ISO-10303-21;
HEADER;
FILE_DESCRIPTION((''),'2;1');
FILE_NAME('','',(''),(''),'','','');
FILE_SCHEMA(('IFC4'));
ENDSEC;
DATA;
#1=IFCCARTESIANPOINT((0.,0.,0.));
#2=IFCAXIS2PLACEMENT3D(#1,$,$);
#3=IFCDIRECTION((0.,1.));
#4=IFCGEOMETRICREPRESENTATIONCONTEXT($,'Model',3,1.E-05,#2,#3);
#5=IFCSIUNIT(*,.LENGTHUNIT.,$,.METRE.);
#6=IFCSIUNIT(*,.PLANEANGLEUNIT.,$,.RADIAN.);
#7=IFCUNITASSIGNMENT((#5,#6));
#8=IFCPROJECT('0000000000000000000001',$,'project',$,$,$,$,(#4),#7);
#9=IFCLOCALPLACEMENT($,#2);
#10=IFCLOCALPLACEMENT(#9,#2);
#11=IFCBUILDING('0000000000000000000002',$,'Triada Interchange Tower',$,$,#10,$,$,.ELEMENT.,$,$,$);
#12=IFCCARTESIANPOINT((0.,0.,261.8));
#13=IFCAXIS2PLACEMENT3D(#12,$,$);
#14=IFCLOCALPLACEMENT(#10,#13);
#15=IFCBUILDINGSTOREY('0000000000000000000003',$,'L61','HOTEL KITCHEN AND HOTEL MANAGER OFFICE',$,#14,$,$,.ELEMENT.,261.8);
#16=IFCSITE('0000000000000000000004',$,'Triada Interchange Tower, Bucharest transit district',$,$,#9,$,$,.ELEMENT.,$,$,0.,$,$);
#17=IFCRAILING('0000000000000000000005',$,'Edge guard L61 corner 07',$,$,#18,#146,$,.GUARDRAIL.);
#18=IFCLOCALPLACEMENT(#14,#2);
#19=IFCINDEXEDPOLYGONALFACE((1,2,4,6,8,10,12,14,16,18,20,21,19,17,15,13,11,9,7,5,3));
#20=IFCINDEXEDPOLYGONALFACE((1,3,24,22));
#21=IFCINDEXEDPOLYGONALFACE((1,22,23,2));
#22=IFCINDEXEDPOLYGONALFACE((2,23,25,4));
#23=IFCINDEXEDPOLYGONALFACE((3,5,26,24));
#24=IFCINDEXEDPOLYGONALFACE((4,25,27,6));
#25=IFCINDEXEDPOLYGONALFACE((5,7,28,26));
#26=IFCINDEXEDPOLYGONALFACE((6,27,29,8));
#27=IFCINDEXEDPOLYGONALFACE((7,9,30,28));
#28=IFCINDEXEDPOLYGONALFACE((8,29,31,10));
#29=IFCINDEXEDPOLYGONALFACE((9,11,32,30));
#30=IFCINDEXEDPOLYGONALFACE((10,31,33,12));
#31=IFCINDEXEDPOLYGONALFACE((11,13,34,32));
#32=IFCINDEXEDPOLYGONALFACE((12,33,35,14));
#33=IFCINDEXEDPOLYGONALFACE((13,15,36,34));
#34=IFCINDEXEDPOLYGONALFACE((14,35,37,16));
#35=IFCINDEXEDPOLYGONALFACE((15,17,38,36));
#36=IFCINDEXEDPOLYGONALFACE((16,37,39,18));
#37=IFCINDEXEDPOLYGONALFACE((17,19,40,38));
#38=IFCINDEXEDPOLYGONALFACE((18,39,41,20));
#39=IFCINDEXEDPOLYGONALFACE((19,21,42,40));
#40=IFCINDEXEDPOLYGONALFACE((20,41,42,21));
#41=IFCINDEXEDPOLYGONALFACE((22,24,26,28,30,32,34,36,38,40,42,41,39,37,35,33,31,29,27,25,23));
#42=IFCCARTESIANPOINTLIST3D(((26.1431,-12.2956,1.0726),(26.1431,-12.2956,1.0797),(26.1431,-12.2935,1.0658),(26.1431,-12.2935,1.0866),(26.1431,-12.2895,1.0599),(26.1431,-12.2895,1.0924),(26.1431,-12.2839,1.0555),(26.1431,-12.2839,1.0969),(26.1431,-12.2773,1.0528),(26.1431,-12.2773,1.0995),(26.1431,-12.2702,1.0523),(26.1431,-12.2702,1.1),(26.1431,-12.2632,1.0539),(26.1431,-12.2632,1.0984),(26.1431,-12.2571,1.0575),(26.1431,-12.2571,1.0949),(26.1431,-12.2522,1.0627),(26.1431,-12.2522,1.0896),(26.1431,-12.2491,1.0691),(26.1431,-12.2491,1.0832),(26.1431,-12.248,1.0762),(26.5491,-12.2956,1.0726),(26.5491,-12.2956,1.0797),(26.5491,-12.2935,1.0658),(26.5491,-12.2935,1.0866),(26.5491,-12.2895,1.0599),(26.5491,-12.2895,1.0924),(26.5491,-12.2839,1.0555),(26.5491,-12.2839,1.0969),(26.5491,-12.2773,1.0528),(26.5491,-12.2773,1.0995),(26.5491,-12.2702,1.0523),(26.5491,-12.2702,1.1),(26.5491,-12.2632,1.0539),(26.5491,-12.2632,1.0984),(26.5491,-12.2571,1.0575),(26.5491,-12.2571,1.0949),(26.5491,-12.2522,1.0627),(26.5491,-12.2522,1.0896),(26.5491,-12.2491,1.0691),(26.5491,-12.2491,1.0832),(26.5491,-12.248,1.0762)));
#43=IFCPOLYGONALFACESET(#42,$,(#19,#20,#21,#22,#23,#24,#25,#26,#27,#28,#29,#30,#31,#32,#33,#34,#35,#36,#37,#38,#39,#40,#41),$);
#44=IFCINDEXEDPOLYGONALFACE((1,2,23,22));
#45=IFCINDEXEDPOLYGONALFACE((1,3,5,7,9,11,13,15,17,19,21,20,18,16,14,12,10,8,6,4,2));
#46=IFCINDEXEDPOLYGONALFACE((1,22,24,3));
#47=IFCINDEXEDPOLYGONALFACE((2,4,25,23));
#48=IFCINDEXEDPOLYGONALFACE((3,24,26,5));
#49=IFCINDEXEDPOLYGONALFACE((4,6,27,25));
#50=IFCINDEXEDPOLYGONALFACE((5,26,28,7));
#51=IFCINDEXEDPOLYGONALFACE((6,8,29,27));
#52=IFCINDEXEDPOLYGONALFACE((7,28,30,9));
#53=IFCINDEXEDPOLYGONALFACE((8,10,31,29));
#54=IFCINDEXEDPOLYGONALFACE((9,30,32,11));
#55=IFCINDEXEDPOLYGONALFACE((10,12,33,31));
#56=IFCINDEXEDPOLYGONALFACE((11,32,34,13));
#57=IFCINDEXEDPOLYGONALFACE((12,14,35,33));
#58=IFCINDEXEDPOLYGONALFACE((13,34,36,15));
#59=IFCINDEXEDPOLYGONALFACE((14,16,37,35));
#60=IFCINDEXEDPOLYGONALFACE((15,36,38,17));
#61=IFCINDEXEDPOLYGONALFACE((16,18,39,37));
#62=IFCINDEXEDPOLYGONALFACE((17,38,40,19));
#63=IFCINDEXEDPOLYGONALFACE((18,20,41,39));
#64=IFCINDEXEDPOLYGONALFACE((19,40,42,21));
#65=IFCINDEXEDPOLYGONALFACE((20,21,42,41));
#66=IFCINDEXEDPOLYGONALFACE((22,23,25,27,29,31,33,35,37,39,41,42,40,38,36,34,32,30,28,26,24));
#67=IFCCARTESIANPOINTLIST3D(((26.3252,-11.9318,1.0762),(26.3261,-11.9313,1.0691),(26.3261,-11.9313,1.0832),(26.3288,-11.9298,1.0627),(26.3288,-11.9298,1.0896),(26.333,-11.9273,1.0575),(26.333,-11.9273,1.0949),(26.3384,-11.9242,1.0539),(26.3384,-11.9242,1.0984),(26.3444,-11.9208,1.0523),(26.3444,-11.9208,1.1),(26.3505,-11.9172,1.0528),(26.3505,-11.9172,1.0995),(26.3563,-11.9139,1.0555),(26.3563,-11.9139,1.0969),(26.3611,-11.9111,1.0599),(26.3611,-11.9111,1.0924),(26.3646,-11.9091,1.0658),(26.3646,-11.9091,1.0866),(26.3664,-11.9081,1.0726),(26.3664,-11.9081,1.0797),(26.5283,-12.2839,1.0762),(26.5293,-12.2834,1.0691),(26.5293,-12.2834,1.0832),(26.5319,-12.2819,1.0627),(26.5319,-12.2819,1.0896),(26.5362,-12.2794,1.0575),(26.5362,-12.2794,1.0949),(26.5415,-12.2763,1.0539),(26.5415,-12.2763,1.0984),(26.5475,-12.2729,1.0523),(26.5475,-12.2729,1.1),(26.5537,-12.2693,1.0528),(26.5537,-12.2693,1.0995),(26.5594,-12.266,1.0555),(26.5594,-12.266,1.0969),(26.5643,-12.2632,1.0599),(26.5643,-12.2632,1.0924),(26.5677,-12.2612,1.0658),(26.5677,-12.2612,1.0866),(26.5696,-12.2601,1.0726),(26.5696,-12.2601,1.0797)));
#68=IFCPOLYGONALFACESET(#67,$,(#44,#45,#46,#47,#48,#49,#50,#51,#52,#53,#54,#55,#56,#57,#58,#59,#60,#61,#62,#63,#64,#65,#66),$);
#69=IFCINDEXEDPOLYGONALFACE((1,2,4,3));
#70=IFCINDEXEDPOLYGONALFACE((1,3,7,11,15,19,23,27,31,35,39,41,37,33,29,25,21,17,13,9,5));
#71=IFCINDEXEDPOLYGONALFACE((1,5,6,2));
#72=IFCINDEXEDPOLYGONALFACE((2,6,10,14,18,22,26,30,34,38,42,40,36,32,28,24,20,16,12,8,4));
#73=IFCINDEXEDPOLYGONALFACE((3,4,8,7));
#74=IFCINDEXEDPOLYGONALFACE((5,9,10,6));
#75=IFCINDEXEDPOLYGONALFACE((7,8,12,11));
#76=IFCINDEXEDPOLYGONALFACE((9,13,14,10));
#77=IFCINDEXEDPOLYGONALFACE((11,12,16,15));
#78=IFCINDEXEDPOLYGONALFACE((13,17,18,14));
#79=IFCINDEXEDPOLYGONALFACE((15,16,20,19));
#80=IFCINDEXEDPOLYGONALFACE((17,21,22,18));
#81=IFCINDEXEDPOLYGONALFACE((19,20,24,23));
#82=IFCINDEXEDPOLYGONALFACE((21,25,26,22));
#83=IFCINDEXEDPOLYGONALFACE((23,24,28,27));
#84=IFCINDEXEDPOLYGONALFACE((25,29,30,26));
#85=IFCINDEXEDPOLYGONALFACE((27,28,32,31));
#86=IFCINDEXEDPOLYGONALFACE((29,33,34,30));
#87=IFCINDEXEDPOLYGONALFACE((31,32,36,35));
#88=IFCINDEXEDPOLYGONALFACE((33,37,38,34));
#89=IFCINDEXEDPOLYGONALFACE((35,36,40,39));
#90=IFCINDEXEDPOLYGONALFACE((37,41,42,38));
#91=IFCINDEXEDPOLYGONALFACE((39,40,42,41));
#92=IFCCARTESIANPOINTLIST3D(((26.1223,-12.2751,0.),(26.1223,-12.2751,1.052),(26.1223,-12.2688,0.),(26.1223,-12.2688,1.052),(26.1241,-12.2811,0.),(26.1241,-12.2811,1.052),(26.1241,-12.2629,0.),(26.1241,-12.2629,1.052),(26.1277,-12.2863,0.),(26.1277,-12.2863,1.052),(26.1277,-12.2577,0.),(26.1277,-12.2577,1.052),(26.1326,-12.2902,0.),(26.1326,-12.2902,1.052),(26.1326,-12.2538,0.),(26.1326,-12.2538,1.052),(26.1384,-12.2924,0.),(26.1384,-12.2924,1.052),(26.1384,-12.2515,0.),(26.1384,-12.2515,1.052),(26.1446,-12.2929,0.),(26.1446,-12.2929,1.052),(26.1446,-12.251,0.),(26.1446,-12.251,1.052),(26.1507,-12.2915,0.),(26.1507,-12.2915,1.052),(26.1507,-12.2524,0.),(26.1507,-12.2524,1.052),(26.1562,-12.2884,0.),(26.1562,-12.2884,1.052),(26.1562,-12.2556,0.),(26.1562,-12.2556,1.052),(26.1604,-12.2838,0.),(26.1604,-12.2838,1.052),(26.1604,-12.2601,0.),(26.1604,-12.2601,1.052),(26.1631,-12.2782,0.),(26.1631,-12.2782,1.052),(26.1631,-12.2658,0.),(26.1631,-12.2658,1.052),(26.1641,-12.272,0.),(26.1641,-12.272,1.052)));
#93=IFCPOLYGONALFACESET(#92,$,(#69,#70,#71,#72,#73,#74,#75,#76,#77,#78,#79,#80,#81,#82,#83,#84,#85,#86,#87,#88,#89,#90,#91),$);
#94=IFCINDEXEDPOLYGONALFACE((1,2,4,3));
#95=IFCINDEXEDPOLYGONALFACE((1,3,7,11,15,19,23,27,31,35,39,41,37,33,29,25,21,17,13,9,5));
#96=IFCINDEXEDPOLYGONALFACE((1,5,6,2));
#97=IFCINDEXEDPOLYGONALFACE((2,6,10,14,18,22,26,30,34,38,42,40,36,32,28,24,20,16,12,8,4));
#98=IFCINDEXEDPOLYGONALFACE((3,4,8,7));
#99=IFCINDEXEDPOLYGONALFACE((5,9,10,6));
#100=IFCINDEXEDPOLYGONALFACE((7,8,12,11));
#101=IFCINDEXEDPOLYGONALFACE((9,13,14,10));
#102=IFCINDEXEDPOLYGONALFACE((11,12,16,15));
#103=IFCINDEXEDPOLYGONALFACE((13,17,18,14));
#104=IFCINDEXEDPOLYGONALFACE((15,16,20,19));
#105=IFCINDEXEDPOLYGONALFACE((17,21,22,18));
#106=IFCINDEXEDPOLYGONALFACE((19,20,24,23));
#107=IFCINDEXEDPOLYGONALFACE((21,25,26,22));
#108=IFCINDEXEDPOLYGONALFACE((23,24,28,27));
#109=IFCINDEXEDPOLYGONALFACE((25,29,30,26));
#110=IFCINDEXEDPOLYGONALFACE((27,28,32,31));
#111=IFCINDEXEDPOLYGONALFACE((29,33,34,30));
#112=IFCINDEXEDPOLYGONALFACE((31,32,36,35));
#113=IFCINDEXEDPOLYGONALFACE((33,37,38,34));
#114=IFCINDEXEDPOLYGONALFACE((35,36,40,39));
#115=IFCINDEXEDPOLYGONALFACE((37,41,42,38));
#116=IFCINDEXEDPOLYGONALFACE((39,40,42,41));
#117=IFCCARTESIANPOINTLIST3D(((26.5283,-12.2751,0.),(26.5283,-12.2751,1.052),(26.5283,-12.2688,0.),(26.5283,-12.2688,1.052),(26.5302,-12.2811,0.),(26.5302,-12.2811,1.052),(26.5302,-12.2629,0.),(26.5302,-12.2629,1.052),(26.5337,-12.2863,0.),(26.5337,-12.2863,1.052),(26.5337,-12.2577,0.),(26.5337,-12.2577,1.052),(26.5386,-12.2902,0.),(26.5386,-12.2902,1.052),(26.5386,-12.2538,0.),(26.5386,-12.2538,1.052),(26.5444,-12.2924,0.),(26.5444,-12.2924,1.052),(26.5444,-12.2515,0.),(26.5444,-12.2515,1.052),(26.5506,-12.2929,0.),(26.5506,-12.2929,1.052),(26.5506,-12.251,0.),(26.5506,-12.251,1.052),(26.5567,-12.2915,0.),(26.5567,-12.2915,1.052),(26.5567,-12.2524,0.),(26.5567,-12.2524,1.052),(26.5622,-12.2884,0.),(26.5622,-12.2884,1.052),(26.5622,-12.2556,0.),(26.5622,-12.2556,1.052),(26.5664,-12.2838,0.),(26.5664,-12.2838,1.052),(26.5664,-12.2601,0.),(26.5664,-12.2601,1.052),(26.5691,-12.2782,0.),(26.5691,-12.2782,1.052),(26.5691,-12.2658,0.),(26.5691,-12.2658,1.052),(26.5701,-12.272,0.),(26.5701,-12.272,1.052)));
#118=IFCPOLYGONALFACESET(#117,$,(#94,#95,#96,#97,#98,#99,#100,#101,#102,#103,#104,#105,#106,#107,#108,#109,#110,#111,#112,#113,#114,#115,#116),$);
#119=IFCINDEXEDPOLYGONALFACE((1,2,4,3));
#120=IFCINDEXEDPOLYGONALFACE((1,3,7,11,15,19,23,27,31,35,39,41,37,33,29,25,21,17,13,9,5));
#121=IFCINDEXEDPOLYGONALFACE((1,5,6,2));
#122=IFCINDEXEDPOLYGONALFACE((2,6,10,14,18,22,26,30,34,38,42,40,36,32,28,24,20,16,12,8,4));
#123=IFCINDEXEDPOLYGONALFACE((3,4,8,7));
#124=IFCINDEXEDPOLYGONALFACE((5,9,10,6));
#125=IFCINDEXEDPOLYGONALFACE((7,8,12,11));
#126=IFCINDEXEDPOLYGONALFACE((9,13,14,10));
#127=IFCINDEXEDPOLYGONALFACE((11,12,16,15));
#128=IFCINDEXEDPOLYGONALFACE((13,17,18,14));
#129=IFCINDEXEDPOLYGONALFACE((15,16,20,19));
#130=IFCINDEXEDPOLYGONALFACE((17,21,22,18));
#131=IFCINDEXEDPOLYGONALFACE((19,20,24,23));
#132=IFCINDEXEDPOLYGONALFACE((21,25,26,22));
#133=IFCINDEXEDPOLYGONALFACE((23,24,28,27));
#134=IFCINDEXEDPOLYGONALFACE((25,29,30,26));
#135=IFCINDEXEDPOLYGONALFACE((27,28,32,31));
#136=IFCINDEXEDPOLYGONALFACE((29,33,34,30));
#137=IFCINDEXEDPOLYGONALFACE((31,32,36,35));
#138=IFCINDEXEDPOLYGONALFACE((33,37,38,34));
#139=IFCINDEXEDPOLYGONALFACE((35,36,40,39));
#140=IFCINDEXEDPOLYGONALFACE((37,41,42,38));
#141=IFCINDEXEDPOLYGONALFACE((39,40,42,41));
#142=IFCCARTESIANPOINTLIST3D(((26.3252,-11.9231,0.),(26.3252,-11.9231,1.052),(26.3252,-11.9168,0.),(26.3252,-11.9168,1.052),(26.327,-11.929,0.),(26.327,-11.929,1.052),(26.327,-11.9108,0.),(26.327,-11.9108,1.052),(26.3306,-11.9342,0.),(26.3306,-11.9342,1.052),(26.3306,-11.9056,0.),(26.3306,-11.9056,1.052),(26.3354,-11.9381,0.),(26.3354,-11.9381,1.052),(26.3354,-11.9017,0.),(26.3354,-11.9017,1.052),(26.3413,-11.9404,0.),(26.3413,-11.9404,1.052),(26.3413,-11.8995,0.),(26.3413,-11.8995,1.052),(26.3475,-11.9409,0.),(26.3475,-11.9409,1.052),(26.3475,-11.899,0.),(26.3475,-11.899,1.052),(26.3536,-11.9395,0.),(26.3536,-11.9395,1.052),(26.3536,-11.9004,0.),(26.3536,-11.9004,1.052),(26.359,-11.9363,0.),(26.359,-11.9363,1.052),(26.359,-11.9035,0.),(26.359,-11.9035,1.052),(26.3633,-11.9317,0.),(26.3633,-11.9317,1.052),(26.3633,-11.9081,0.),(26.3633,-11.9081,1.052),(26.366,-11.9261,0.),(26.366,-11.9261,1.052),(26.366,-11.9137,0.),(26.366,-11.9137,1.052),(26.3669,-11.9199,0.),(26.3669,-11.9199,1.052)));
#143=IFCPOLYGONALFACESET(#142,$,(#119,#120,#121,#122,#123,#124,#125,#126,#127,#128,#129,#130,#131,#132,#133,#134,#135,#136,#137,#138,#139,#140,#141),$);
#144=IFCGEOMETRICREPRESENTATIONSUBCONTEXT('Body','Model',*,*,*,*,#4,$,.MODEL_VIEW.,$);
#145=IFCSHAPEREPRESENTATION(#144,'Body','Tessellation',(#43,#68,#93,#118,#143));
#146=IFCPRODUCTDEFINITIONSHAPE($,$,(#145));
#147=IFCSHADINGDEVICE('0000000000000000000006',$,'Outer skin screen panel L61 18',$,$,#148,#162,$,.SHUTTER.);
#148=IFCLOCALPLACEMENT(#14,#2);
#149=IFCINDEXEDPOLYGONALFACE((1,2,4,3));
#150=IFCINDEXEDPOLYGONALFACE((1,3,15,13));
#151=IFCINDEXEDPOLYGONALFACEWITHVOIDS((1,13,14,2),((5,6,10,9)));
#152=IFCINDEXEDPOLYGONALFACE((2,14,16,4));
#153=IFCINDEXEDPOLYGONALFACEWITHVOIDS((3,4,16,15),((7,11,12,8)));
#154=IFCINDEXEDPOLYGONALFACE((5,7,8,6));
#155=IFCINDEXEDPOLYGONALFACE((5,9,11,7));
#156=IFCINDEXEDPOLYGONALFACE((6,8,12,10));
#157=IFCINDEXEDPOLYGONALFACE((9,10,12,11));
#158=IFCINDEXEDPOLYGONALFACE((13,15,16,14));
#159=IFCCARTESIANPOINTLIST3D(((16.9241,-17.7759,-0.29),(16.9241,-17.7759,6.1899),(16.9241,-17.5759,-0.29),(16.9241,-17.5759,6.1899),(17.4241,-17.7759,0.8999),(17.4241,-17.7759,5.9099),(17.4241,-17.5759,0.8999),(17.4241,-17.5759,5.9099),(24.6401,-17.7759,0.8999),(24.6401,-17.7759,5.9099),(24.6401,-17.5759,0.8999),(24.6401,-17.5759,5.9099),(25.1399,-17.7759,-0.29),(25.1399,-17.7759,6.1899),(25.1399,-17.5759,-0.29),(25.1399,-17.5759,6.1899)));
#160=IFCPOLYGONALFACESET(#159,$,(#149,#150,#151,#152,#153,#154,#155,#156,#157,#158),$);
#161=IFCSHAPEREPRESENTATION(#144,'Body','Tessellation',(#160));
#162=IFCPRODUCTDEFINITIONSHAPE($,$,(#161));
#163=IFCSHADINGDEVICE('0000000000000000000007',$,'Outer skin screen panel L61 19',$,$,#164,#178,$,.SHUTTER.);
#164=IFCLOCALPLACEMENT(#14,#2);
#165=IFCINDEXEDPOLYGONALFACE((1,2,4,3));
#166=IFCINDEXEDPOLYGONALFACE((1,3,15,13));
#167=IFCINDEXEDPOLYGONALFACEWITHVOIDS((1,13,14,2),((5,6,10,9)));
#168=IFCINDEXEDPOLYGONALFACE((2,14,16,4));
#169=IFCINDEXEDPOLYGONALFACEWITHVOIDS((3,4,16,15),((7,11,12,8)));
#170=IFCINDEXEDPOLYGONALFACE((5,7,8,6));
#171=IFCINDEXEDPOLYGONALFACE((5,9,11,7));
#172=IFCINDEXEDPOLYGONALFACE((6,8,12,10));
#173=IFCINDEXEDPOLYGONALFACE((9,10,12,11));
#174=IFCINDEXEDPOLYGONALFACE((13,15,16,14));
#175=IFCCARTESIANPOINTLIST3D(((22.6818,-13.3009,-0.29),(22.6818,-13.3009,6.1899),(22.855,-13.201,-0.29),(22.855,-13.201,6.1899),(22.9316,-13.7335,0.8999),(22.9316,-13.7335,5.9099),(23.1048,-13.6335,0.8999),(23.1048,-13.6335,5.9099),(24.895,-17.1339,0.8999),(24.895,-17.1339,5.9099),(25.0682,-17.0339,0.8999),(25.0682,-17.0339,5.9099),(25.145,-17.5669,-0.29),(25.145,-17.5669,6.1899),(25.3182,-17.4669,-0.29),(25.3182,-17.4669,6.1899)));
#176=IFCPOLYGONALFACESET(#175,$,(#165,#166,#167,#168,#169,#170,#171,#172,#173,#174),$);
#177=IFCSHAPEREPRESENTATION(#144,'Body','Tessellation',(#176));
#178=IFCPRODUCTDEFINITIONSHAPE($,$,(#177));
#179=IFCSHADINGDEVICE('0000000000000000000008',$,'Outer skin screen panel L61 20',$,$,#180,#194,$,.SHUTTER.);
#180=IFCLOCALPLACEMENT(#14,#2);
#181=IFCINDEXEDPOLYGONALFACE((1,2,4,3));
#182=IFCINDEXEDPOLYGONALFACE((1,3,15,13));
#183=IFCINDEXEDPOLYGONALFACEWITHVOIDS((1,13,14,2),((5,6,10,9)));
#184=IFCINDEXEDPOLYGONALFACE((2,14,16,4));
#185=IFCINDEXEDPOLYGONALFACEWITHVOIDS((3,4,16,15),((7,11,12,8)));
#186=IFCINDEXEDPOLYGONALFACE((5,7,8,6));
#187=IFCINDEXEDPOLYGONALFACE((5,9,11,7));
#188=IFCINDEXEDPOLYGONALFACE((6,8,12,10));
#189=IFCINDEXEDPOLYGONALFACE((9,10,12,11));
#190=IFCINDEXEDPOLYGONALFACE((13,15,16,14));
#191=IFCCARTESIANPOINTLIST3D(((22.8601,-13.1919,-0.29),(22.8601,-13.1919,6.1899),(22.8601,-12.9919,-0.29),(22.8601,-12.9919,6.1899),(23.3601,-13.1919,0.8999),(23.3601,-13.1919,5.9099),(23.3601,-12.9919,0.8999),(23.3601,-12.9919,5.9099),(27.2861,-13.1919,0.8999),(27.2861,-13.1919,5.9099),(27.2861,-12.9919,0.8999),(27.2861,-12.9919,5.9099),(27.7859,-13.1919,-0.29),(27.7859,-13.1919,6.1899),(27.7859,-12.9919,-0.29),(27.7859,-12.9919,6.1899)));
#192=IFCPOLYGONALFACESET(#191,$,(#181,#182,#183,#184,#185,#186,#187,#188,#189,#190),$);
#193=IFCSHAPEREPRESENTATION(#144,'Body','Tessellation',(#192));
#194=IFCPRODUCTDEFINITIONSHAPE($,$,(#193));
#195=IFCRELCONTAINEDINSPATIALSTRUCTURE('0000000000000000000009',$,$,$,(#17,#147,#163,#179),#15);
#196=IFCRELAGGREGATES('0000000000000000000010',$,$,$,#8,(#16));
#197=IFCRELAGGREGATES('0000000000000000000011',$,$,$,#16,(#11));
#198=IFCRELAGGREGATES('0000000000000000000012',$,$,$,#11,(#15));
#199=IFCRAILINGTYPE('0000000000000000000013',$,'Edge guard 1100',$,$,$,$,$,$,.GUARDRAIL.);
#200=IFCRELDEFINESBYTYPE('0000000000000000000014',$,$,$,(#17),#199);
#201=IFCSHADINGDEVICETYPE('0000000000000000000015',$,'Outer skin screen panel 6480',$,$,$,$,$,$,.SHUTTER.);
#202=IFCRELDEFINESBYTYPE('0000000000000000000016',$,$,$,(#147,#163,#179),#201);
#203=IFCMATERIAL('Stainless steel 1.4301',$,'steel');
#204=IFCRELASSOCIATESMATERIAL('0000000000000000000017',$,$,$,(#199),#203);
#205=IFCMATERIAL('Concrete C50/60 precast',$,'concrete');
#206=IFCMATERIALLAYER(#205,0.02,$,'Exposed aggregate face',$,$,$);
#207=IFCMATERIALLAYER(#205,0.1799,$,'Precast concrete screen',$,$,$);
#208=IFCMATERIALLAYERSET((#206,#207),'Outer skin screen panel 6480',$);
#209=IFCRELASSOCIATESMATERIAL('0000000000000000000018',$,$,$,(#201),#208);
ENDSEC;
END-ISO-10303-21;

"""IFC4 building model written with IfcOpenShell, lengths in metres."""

from ifc_helpers import new_model, si_unit, direction, frame, origin, origin_2d, place, context, subcontext, project, spatial, polyline, circle, outline, extrude, material, layer, layer_set, type_object, element, save


model = new_model("IFC4")

# Units and contexts
model_context = context("Model", 3, precision=1e-05, world=origin(), true_north=direction((0.0, 1.0)))
body_context = subcontext(model_context, "Body", "Model", "MODEL_VIEW")
ifc_project = project(units=[si_unit("LENGTHUNIT", "METRE"), si_unit("PLANEANGLEUNIT", "RADIAN")], contexts=[model_context])

# Site, building, storey
site_placement = place(None, origin())
site = spatial("IfcSite", under=ifc_project, at=site_placement, Name="Triada Interchange Tower, Bucharest transit district", CompositionType="ELEMENT", RefElevation=0.0)
building_placement = place(site_placement, origin())
building = spatial("IfcBuilding", under=site, at=building_placement, Name="Triada Interchange Tower", CompositionType="ELEMENT")
storey_placement = place(building_placement, frame((0.0, 0.0, 261.8)))
storey = spatial("IfcBuildingStorey", under=building, at=storey_placement, Name="L61", Description="HOTEL KITCHEN AND HOTEL MANAGER OFFICE", CompositionType="ELEMENT", Elevation=261.8)

# Railing
ifc_material_1 = material(Name="Stainless steel 1.4301", Category="steel")
railing_type = type_object("IfcRailingType", Name="Edge guard 1100", PredefinedType="GUARDRAIL", material=ifc_material_1)
for number, where, name in (
    (1, (26.1431, -12.272, 0.0), "Edge guard L61 corner 07"),
):
    element("IfcRailing", number, at=place(storey_placement, frame(where)), inside=storey, type_object=railing_type, Name=name, PredefinedType="GUARDRAIL", context=body_context, shape_type="SweptSolid", body=[
        extrude(circle(Radius=0.0239, at=origin_2d()), frame((0.0, 0.0, 1.0762), z_axis=(1.0, 0.0, 0.0), x_axis=(0.0, 1.0, 0.0)), (0.0, 0.0, 1.0), 0.406),
        extrude(circle(Radius=0.0239, at=origin_2d()), frame((0.406, 0.0, 1.0762), z_axis=(-0.499757, 0.866166, 0.0), x_axis=(-0.866166, -0.499757, 0.0)), (0.0, 0.0, 1.0), 0.4065),
        extrude(circle(Radius=0.021, at=origin_2d()), origin(), (0.0, 0.0, 1.0), 1.052),
        extrude(circle(Radius=0.021, at=origin_2d()), frame((0.406, 0.0, 0.0)), (0.0, 0.0, 1.0), 1.052),
        extrude(circle(Radius=0.021, at=origin_2d()), frame((0.2029, 0.3521, 0.0)), (0.0, 0.0, 1.0), 1.052),
    ])

# Shading devices
ifc_material_2 = material(Name="Concrete C50/60 precast", Category="concrete")
ifc_layer_1 = layer(ifc_material_2, 0.02, Name="Exposed aggregate face")
ifc_layer_2 = layer(ifc_material_2, 0.1799, Name="Precast concrete screen")
ifc_layer_set_1 = layer_set([ifc_layer_1, ifc_layer_2], Name="Outer skin screen panel 6480")
shading_device_type = type_object("IfcShadingDeviceType", Name="Outer skin screen panel 6480", PredefinedType="SHUTTER", material=ifc_layer_set_1)
shading_device_1_placement = place(storey_placement, frame((16.9241, -17.5759, -0.29), z_axis=(0.0, 0.0, 1.0), x_axis=(1.0, 0.0, 0.0)))
element("IfcShadingDevice", 2, at=shading_device_1_placement, inside=storey, type_object=shading_device_type, Name="Outer skin screen panel L61 18", PredefinedType="SHUTTER", context=body_context, shape_type="SweptSolid", body=[
    extrude(outline(polyline([(0.0, 0.0), (8.2158, 0.0), (8.2158, 6.48), (0.0, 6.48), (0.0, 0.0)]), holes=[polyline([(0.5, 1.1899), (0.5, 6.2), (7.7161, 6.2), (7.7161, 1.1899), (0.5, 1.1899)])]), frame((0.0, 0.0, 0.0), z_axis=(0.0, -1.0, 0.0), x_axis=(1.0, 0.0, 0.0)), (0.0, 0.0, 1.0), 0.2),
])
shading_device_2_placement = place(storey_placement, frame((25.145, -17.5669, -0.29), z_axis=(0.0, 0.0, 1.0), x_axis=(-0.500036, 0.866005, 0.0)))
element("IfcShadingDevice", 3, at=shading_device_2_placement, inside=storey, type_object=shading_device_type, Name="Outer skin screen panel L61 19", PredefinedType="SHUTTER", context=body_context, shape_type="SweptSolid", body=[
    extrude(outline(polyline([(0.0, 0.0), (4.926, 0.0), (4.926, 6.48), (0.0, 6.48), (0.0, 0.0)]), holes=[polyline([(0.5, 1.1899), (0.5, 6.2), (4.4265, 6.2), (4.4265, 1.1899), (0.5, 1.1899)])]), frame((0.0, 0.0, 0.0), z_axis=(0.0, -1.0, 0.0), x_axis=(1.0, 0.0, 0.0)), (0.0, 0.0, 1.0), 0.2),
])
shading_device_3_placement = place(storey_placement, frame((22.8601, -12.9919, -0.29), z_axis=(0.0, 0.0, 1.0), x_axis=(1.0, 0.0, 0.0)))
element("IfcShadingDevice", 4, at=shading_device_3_placement, inside=storey, type_object=shading_device_type, Name="Outer skin screen panel L61 20", PredefinedType="SHUTTER", context=body_context, shape_type="SweptSolid", body=[
    extrude(outline(polyline([(0.0, 0.0), (4.9258, 0.0), (4.9258, 6.48), (0.0, 6.48), (0.0, 0.0)]), holes=[polyline([(0.5, 1.1899), (0.5, 6.2), (4.426, 6.2), (4.426, 1.1899), (0.5, 1.1899)])]), frame((0.0, 0.0, 0.0), z_axis=(0.0, -1.0, 0.0), x_axis=(1.0, 0.0, 0.0)), (0.0, 0.0, 1.0), 0.2),
])

save(model, "model.ifc")
